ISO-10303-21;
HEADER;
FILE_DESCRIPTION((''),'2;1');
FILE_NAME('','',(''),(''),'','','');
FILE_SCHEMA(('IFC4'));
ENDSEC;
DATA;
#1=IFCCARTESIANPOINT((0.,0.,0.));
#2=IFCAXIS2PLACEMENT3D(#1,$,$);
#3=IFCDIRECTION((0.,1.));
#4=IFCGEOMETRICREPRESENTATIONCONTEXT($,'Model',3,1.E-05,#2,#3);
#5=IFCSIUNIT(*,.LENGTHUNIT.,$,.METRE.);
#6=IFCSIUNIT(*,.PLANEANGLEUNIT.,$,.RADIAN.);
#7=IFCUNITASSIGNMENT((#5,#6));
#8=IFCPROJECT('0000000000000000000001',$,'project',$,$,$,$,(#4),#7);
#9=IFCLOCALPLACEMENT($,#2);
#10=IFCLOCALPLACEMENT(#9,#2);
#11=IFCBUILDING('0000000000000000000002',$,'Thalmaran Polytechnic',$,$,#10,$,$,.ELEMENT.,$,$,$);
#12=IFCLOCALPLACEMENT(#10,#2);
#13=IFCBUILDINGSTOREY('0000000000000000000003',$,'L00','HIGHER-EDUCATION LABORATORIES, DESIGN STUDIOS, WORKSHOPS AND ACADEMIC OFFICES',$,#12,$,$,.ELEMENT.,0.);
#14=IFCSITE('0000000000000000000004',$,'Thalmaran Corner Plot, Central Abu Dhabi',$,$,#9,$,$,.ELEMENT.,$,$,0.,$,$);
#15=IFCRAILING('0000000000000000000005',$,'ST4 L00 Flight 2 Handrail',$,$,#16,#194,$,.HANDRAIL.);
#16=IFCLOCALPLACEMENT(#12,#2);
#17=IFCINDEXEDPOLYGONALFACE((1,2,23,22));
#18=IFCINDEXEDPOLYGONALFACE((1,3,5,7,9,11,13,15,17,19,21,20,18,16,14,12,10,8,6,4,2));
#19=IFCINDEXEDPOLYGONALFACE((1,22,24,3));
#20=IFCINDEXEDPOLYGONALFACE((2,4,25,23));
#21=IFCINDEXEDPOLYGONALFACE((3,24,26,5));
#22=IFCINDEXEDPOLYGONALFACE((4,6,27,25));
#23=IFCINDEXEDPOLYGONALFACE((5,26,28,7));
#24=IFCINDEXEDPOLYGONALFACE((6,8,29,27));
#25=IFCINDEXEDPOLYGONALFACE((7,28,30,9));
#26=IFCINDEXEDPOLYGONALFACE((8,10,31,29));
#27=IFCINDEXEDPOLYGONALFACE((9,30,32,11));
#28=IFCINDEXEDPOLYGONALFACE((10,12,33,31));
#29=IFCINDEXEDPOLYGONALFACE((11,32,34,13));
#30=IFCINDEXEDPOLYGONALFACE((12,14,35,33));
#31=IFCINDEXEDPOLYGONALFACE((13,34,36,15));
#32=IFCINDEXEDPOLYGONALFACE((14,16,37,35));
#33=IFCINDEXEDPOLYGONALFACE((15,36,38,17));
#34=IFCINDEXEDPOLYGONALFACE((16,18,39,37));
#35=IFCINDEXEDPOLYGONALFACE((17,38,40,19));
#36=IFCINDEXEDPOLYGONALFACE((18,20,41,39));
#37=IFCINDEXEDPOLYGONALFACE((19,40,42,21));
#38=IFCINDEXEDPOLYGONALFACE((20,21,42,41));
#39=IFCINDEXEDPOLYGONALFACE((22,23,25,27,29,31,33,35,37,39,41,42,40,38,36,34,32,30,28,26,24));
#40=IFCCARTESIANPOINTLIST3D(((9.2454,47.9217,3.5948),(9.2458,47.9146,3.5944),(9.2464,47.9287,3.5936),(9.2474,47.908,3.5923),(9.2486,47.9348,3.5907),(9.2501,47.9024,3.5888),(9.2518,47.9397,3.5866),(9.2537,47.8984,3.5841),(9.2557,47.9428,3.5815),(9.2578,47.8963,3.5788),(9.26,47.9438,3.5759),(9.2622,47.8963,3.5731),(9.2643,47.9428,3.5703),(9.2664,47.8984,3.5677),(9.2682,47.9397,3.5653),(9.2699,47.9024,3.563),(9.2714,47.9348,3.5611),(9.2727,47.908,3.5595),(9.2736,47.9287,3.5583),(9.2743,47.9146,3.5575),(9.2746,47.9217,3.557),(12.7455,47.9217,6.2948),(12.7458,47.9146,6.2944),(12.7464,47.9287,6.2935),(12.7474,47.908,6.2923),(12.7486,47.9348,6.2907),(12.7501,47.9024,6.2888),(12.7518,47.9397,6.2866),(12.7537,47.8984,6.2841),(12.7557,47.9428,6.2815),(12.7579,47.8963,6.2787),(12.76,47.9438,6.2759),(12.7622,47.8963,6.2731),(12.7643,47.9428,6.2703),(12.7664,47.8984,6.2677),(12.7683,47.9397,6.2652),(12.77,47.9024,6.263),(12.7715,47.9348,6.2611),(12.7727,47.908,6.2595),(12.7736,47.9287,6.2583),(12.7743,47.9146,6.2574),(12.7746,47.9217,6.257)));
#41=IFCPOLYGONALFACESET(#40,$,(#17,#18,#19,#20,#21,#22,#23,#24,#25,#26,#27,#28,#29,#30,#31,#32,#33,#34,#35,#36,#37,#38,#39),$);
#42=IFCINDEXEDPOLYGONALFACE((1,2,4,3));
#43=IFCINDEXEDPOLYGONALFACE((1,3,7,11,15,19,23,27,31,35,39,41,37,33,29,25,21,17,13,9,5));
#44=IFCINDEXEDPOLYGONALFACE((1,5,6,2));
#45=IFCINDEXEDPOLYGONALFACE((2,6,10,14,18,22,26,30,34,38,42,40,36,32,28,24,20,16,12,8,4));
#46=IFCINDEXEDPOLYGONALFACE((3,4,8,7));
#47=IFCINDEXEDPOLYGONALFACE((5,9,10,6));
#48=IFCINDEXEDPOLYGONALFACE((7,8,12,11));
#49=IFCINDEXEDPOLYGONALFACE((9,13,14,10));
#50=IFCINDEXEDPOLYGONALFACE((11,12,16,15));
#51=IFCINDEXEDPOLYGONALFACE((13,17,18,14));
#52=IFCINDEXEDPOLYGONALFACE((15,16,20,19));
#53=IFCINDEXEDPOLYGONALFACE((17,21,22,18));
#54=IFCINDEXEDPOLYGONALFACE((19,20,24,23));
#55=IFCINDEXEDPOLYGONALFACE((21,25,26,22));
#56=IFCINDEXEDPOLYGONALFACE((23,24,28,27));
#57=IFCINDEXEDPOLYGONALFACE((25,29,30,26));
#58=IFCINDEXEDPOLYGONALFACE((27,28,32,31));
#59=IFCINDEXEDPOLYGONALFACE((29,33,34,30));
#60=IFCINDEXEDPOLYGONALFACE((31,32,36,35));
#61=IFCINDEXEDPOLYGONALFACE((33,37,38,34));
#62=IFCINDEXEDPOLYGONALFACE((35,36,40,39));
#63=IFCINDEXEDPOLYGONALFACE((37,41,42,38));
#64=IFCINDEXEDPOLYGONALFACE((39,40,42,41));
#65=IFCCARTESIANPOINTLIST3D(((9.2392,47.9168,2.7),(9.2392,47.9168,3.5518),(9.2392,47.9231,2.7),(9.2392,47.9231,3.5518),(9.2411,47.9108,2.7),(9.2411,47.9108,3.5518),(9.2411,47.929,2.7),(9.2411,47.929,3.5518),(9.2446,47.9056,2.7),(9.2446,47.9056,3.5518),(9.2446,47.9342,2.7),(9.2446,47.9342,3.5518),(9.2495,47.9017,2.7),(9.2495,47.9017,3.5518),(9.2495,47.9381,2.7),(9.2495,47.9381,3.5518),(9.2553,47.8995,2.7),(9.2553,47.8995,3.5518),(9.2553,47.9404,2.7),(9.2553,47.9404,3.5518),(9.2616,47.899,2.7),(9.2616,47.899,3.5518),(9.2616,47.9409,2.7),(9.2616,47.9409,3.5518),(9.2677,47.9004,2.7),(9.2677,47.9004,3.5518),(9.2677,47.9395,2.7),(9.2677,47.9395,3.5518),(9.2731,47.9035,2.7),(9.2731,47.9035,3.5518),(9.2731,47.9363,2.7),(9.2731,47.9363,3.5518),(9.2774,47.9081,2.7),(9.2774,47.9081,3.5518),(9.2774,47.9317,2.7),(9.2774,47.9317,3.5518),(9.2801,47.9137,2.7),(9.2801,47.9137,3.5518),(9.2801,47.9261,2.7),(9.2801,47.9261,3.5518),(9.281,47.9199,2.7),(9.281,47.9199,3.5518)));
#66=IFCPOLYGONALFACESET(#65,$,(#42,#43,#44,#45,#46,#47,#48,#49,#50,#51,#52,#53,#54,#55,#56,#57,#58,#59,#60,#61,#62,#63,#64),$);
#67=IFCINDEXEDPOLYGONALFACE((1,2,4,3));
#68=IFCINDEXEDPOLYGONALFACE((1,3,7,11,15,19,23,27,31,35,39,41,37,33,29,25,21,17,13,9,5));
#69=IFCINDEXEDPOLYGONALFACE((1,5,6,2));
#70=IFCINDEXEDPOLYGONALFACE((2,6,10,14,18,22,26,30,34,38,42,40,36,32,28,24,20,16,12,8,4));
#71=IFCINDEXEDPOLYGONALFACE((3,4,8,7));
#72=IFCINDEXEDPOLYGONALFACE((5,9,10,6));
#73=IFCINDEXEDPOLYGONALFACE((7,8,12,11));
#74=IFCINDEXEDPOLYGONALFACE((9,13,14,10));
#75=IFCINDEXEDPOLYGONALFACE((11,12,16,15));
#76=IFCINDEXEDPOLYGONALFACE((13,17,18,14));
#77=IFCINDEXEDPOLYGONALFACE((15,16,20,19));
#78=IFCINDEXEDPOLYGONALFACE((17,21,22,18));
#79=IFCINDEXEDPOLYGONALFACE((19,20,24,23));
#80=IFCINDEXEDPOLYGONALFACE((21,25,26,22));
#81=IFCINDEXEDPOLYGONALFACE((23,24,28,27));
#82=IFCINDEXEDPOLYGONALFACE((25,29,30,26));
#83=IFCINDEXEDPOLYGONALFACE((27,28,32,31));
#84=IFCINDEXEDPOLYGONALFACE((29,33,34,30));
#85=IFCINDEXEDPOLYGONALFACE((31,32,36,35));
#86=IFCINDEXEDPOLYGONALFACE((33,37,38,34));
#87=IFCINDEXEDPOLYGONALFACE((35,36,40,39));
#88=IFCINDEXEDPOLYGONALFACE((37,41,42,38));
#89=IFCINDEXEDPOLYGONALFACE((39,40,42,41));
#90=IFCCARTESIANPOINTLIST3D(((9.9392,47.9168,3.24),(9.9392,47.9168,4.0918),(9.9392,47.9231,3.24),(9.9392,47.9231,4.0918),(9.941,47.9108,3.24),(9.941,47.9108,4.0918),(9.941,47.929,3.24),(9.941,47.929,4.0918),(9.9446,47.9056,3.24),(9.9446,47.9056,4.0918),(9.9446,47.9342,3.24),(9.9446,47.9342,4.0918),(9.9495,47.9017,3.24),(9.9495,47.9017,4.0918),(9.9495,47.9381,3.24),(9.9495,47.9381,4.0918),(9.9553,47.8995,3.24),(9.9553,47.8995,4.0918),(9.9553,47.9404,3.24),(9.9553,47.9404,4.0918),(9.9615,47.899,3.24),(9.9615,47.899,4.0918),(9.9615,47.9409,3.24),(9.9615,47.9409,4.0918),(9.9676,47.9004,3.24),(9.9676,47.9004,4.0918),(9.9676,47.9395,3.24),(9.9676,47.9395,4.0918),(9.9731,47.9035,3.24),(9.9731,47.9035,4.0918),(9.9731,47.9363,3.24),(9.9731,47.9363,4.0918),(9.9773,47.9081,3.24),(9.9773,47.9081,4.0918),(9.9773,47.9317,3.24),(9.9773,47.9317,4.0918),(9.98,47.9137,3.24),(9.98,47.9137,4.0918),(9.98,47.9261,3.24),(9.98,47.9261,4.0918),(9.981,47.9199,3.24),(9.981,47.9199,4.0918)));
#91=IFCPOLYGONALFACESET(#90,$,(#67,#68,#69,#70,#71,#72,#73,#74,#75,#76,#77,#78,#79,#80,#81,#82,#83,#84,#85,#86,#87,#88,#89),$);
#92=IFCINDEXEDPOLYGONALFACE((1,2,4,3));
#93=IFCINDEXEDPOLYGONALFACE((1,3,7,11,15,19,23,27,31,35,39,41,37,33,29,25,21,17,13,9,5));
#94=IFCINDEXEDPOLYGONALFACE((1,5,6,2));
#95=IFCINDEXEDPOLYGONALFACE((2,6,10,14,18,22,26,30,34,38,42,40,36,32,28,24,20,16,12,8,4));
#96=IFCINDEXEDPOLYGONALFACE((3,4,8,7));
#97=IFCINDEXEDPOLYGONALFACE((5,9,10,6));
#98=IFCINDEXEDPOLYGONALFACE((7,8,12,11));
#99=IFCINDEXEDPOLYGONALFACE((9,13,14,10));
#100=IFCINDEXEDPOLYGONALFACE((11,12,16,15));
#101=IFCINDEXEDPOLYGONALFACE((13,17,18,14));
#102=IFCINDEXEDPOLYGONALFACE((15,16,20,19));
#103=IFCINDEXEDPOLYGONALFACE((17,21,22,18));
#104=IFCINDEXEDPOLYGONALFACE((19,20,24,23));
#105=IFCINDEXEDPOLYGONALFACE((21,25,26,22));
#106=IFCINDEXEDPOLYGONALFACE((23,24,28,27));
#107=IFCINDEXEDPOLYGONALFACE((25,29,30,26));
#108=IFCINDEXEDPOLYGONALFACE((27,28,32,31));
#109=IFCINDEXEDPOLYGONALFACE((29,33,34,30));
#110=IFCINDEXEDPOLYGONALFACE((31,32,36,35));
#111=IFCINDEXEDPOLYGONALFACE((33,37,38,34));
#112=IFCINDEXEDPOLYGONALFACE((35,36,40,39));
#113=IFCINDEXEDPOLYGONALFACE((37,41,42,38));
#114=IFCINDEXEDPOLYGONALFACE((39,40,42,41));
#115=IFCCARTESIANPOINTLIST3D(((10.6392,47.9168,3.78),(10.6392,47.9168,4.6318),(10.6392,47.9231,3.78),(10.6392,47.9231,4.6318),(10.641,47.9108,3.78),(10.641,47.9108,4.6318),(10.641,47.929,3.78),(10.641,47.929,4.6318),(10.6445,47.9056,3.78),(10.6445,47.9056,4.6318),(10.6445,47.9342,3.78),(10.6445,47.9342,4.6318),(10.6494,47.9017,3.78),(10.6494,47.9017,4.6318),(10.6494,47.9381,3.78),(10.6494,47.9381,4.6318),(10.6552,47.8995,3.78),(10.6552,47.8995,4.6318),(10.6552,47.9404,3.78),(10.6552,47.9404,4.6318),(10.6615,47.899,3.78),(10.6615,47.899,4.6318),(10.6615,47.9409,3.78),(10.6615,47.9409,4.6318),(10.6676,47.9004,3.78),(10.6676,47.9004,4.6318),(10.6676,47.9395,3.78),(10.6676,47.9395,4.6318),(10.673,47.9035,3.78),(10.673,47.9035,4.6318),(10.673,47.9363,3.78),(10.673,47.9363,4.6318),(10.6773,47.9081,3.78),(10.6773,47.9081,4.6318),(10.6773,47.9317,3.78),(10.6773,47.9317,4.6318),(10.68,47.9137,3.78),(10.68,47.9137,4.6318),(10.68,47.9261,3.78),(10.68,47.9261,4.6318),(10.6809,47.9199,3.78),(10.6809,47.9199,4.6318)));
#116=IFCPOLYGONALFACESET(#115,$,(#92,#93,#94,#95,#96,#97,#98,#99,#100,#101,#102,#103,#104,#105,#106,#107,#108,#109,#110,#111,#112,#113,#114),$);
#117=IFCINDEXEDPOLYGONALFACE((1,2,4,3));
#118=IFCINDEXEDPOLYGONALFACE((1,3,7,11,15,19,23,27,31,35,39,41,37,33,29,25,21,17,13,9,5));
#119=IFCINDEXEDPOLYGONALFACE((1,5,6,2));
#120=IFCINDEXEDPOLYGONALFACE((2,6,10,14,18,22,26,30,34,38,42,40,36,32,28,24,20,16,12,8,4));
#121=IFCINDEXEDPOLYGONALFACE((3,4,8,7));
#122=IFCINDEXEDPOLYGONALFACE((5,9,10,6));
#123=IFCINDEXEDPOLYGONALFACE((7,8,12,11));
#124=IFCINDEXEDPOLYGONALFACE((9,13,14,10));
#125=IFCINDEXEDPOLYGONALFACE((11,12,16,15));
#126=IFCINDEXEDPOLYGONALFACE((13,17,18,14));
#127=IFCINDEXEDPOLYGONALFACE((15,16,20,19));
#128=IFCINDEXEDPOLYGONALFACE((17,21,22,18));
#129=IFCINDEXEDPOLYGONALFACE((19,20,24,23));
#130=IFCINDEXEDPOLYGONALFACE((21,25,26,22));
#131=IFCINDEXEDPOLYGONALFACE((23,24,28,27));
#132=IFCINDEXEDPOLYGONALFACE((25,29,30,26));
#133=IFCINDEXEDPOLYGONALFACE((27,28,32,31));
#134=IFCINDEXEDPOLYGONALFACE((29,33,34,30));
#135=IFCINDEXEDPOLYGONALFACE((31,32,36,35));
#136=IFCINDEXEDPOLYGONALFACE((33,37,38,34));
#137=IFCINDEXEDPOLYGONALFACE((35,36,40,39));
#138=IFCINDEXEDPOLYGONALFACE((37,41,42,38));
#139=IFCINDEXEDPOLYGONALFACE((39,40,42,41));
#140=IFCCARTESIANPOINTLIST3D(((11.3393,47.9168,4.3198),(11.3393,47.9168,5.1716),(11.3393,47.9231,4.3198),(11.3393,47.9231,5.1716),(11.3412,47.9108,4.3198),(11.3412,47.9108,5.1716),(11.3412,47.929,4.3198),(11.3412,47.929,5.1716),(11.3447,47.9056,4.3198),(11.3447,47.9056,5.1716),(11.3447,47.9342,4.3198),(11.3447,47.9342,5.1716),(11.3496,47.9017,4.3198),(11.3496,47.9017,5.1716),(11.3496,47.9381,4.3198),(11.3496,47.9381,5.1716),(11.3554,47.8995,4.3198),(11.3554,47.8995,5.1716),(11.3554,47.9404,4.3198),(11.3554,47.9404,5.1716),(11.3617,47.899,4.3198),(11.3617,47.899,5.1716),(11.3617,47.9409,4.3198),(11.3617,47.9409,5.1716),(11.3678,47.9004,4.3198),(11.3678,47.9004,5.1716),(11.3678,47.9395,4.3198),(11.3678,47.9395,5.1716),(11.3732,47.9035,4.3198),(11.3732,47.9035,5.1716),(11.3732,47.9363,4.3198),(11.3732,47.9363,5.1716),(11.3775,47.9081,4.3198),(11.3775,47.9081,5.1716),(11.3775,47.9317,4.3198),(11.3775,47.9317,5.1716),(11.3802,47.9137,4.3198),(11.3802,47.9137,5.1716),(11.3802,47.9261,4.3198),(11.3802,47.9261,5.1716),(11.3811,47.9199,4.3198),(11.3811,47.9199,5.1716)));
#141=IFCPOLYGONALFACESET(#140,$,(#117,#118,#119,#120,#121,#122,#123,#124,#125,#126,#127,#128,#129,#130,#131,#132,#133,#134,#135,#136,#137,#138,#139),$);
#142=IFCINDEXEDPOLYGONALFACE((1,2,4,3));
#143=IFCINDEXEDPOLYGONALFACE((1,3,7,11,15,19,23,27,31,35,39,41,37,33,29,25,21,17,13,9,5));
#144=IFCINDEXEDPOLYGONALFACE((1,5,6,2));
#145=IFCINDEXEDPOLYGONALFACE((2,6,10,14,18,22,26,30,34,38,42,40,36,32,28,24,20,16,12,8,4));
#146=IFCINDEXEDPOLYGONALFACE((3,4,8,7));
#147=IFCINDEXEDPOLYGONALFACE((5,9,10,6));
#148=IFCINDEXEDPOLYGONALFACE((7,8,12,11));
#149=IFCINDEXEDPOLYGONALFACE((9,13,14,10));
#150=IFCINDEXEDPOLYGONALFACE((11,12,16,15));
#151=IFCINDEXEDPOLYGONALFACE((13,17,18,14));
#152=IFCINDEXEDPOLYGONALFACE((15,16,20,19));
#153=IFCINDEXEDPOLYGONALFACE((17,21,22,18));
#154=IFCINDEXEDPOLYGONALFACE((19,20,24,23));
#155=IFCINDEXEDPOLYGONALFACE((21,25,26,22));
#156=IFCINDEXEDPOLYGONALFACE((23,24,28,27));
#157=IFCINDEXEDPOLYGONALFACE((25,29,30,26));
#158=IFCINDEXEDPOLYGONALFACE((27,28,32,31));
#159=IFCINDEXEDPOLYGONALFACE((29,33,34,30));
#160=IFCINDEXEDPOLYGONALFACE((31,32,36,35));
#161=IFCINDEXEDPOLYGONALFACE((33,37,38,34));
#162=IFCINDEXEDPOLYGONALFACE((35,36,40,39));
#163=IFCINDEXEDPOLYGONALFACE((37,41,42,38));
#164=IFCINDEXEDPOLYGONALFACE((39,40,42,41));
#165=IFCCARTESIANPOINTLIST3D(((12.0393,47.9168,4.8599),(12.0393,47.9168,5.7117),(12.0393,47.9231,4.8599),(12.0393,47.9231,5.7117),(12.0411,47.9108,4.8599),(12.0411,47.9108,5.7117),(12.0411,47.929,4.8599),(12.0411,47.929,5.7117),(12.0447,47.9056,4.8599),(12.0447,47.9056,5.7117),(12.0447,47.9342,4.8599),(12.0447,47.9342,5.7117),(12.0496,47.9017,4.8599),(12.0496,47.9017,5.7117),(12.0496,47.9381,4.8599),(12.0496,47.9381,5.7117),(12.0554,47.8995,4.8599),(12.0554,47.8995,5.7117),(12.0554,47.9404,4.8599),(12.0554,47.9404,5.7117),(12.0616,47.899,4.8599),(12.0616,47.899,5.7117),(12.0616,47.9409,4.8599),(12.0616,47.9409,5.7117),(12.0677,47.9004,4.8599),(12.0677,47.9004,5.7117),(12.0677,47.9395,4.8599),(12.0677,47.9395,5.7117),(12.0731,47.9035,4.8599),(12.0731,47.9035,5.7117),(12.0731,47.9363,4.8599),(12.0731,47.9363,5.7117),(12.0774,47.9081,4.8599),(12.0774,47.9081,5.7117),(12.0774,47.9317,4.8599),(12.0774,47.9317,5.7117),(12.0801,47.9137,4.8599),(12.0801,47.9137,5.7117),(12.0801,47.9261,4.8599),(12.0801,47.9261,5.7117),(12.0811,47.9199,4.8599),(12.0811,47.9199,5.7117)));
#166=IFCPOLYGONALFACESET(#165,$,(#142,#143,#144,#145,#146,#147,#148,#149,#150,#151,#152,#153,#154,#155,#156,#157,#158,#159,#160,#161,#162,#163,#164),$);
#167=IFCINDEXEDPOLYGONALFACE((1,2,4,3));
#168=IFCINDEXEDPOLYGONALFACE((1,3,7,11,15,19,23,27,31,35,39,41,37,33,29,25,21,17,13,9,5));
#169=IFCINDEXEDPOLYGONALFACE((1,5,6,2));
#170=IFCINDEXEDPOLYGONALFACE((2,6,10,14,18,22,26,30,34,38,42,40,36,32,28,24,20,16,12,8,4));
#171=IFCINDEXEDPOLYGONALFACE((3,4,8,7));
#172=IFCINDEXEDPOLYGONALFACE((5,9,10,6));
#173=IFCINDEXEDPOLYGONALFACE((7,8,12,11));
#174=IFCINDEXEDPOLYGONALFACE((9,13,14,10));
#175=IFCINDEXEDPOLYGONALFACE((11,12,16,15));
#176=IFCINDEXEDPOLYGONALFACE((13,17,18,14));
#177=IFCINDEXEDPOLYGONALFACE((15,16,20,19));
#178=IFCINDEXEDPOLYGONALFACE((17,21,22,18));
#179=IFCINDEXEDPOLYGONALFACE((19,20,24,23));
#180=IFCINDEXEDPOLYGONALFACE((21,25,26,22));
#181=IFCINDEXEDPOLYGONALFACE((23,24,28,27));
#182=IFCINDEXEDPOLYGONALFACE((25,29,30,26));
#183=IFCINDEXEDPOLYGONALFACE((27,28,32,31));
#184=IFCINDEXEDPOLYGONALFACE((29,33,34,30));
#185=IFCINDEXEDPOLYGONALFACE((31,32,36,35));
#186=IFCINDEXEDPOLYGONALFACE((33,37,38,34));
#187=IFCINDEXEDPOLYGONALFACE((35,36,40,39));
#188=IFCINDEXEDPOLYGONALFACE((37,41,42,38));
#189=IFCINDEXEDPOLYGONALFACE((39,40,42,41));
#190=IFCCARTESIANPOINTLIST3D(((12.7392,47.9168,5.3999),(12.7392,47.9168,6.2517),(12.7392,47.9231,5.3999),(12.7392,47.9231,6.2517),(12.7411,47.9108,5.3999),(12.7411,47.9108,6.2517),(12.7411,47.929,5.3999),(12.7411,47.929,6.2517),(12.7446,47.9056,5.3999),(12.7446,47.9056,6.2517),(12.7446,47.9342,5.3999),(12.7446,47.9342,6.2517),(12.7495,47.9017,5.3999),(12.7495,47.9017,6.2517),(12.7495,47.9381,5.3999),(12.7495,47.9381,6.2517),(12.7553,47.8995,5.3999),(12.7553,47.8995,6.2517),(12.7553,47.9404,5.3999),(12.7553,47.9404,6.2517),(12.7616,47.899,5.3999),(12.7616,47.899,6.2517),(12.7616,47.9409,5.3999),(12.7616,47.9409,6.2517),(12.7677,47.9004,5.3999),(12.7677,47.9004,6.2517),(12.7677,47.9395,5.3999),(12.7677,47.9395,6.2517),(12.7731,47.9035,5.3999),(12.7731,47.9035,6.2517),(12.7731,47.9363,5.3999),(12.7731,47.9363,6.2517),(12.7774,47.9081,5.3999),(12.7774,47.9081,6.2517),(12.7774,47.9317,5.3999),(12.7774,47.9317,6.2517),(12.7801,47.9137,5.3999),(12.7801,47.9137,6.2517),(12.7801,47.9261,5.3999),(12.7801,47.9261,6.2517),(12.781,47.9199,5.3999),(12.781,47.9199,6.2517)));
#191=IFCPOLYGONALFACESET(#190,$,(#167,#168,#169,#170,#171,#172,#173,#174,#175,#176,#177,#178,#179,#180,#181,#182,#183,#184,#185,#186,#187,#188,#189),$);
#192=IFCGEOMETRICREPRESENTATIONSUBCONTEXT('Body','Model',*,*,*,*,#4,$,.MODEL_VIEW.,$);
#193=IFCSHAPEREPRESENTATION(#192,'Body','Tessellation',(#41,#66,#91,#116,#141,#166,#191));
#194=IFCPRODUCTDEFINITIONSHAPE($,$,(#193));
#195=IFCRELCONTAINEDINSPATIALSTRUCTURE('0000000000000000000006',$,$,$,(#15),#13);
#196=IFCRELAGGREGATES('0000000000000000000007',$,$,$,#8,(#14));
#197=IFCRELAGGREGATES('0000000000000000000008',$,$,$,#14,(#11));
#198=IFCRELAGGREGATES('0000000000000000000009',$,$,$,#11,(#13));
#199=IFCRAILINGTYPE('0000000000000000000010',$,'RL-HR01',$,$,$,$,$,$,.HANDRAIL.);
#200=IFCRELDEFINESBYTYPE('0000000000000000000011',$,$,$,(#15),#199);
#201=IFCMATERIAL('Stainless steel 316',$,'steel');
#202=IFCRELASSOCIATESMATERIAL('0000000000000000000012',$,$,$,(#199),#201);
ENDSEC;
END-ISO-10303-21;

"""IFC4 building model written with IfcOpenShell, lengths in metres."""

from ifc_helpers import new_model, si_unit, direction, frame, origin, origin_2d, place, context, subcontext, project, spatial, circle, extrude, material, type_object, element, save


model = new_model("IFC4")

# Units and contexts
model_context = context("Model", 3, precision=1e-05, world=origin(), true_north=direction((0.0, 1.0)))
body_context = subcontext(model_context, "Body", "Model", "MODEL_VIEW")
ifc_project = project(units=[si_unit("LENGTHUNIT", "METRE"), si_unit("PLANEANGLEUNIT", "RADIAN")], contexts=[model_context])

# Site, building, storey
site_placement = place(None, origin())
site = spatial("IfcSite", under=ifc_project, at=site_placement, Name="Thalmaran Corner Plot, Central Abu Dhabi", CompositionType="ELEMENT", RefElevation=0.0)
building_placement = place(site_placement, origin())
building = spatial("IfcBuilding", under=site, at=building_placement, Name="Thalmaran Polytechnic", CompositionType="ELEMENT")
storey_placement = place(building_placement, origin())
storey = spatial("IfcBuildingStorey", under=building, at=storey_placement, Name="L00", Description="HIGHER-EDUCATION LABORATORIES, DESIGN STUDIOS, WORKSHOPS AND ACADEMIC OFFICES", CompositionType="ELEMENT", Elevation=0.0)

# Railing
ifc_material_1 = material(Name="Stainless steel 316", Category="steel")
railing_type_1 = type_object("IfcRailingType", Name="RL-HR01", PredefinedType="HANDRAIL", material=ifc_material_1)
railing_1_placement = place(storey_placement, frame((9.26, 47.9199, 2.7)))
element("IfcRailing", 1, at=railing_1_placement, inside=storey, type_object=railing_type_1, Name="ST4 L00 Flight 2 Handrail", PredefinedType="HANDRAIL", context=body_context, shape_type="SweptSolid", body=[
    extrude(circle(Radius=0.0239, at=origin_2d()), frame((0.0, 0.0, 0.876), z_axis=(0.791788, 0.0, 0.610797), x_axis=(0.0, 1.0, 0.0)), (0.0, 0.0, 1.0), 4.4204),
    extrude(circle(Radius=0.021, at=origin_2d()), origin(), (0.0, 0.0, 1.0), 0.8518),
    extrude(circle(Radius=0.021, at=origin_2d()), frame((0.7, 0.0, 0.54)), (0.0, 0.0, 1.0), 0.8518),
    extrude(circle(Radius=0.021, at=origin_2d()), frame((1.3999, 0.0, 1.0801)), (0.0, 0.0, 1.0), 0.8518),
    extrude(circle(Radius=0.021, at=origin_2d()), frame((2.1001, 0.0, 1.6199)), (0.0, 0.0, 1.0), 0.8518),
    extrude(circle(Radius=0.021, at=origin_2d()), frame((2.8, 0.0, 2.1599)), (0.0, 0.0, 1.0), 0.8518),
    extrude(circle(Radius=0.021, at=origin_2d()), frame((3.5, 0.0, 2.7)), (0.0, 0.0, 1.0), 0.8518),
])

save(model, "model.ifc")
